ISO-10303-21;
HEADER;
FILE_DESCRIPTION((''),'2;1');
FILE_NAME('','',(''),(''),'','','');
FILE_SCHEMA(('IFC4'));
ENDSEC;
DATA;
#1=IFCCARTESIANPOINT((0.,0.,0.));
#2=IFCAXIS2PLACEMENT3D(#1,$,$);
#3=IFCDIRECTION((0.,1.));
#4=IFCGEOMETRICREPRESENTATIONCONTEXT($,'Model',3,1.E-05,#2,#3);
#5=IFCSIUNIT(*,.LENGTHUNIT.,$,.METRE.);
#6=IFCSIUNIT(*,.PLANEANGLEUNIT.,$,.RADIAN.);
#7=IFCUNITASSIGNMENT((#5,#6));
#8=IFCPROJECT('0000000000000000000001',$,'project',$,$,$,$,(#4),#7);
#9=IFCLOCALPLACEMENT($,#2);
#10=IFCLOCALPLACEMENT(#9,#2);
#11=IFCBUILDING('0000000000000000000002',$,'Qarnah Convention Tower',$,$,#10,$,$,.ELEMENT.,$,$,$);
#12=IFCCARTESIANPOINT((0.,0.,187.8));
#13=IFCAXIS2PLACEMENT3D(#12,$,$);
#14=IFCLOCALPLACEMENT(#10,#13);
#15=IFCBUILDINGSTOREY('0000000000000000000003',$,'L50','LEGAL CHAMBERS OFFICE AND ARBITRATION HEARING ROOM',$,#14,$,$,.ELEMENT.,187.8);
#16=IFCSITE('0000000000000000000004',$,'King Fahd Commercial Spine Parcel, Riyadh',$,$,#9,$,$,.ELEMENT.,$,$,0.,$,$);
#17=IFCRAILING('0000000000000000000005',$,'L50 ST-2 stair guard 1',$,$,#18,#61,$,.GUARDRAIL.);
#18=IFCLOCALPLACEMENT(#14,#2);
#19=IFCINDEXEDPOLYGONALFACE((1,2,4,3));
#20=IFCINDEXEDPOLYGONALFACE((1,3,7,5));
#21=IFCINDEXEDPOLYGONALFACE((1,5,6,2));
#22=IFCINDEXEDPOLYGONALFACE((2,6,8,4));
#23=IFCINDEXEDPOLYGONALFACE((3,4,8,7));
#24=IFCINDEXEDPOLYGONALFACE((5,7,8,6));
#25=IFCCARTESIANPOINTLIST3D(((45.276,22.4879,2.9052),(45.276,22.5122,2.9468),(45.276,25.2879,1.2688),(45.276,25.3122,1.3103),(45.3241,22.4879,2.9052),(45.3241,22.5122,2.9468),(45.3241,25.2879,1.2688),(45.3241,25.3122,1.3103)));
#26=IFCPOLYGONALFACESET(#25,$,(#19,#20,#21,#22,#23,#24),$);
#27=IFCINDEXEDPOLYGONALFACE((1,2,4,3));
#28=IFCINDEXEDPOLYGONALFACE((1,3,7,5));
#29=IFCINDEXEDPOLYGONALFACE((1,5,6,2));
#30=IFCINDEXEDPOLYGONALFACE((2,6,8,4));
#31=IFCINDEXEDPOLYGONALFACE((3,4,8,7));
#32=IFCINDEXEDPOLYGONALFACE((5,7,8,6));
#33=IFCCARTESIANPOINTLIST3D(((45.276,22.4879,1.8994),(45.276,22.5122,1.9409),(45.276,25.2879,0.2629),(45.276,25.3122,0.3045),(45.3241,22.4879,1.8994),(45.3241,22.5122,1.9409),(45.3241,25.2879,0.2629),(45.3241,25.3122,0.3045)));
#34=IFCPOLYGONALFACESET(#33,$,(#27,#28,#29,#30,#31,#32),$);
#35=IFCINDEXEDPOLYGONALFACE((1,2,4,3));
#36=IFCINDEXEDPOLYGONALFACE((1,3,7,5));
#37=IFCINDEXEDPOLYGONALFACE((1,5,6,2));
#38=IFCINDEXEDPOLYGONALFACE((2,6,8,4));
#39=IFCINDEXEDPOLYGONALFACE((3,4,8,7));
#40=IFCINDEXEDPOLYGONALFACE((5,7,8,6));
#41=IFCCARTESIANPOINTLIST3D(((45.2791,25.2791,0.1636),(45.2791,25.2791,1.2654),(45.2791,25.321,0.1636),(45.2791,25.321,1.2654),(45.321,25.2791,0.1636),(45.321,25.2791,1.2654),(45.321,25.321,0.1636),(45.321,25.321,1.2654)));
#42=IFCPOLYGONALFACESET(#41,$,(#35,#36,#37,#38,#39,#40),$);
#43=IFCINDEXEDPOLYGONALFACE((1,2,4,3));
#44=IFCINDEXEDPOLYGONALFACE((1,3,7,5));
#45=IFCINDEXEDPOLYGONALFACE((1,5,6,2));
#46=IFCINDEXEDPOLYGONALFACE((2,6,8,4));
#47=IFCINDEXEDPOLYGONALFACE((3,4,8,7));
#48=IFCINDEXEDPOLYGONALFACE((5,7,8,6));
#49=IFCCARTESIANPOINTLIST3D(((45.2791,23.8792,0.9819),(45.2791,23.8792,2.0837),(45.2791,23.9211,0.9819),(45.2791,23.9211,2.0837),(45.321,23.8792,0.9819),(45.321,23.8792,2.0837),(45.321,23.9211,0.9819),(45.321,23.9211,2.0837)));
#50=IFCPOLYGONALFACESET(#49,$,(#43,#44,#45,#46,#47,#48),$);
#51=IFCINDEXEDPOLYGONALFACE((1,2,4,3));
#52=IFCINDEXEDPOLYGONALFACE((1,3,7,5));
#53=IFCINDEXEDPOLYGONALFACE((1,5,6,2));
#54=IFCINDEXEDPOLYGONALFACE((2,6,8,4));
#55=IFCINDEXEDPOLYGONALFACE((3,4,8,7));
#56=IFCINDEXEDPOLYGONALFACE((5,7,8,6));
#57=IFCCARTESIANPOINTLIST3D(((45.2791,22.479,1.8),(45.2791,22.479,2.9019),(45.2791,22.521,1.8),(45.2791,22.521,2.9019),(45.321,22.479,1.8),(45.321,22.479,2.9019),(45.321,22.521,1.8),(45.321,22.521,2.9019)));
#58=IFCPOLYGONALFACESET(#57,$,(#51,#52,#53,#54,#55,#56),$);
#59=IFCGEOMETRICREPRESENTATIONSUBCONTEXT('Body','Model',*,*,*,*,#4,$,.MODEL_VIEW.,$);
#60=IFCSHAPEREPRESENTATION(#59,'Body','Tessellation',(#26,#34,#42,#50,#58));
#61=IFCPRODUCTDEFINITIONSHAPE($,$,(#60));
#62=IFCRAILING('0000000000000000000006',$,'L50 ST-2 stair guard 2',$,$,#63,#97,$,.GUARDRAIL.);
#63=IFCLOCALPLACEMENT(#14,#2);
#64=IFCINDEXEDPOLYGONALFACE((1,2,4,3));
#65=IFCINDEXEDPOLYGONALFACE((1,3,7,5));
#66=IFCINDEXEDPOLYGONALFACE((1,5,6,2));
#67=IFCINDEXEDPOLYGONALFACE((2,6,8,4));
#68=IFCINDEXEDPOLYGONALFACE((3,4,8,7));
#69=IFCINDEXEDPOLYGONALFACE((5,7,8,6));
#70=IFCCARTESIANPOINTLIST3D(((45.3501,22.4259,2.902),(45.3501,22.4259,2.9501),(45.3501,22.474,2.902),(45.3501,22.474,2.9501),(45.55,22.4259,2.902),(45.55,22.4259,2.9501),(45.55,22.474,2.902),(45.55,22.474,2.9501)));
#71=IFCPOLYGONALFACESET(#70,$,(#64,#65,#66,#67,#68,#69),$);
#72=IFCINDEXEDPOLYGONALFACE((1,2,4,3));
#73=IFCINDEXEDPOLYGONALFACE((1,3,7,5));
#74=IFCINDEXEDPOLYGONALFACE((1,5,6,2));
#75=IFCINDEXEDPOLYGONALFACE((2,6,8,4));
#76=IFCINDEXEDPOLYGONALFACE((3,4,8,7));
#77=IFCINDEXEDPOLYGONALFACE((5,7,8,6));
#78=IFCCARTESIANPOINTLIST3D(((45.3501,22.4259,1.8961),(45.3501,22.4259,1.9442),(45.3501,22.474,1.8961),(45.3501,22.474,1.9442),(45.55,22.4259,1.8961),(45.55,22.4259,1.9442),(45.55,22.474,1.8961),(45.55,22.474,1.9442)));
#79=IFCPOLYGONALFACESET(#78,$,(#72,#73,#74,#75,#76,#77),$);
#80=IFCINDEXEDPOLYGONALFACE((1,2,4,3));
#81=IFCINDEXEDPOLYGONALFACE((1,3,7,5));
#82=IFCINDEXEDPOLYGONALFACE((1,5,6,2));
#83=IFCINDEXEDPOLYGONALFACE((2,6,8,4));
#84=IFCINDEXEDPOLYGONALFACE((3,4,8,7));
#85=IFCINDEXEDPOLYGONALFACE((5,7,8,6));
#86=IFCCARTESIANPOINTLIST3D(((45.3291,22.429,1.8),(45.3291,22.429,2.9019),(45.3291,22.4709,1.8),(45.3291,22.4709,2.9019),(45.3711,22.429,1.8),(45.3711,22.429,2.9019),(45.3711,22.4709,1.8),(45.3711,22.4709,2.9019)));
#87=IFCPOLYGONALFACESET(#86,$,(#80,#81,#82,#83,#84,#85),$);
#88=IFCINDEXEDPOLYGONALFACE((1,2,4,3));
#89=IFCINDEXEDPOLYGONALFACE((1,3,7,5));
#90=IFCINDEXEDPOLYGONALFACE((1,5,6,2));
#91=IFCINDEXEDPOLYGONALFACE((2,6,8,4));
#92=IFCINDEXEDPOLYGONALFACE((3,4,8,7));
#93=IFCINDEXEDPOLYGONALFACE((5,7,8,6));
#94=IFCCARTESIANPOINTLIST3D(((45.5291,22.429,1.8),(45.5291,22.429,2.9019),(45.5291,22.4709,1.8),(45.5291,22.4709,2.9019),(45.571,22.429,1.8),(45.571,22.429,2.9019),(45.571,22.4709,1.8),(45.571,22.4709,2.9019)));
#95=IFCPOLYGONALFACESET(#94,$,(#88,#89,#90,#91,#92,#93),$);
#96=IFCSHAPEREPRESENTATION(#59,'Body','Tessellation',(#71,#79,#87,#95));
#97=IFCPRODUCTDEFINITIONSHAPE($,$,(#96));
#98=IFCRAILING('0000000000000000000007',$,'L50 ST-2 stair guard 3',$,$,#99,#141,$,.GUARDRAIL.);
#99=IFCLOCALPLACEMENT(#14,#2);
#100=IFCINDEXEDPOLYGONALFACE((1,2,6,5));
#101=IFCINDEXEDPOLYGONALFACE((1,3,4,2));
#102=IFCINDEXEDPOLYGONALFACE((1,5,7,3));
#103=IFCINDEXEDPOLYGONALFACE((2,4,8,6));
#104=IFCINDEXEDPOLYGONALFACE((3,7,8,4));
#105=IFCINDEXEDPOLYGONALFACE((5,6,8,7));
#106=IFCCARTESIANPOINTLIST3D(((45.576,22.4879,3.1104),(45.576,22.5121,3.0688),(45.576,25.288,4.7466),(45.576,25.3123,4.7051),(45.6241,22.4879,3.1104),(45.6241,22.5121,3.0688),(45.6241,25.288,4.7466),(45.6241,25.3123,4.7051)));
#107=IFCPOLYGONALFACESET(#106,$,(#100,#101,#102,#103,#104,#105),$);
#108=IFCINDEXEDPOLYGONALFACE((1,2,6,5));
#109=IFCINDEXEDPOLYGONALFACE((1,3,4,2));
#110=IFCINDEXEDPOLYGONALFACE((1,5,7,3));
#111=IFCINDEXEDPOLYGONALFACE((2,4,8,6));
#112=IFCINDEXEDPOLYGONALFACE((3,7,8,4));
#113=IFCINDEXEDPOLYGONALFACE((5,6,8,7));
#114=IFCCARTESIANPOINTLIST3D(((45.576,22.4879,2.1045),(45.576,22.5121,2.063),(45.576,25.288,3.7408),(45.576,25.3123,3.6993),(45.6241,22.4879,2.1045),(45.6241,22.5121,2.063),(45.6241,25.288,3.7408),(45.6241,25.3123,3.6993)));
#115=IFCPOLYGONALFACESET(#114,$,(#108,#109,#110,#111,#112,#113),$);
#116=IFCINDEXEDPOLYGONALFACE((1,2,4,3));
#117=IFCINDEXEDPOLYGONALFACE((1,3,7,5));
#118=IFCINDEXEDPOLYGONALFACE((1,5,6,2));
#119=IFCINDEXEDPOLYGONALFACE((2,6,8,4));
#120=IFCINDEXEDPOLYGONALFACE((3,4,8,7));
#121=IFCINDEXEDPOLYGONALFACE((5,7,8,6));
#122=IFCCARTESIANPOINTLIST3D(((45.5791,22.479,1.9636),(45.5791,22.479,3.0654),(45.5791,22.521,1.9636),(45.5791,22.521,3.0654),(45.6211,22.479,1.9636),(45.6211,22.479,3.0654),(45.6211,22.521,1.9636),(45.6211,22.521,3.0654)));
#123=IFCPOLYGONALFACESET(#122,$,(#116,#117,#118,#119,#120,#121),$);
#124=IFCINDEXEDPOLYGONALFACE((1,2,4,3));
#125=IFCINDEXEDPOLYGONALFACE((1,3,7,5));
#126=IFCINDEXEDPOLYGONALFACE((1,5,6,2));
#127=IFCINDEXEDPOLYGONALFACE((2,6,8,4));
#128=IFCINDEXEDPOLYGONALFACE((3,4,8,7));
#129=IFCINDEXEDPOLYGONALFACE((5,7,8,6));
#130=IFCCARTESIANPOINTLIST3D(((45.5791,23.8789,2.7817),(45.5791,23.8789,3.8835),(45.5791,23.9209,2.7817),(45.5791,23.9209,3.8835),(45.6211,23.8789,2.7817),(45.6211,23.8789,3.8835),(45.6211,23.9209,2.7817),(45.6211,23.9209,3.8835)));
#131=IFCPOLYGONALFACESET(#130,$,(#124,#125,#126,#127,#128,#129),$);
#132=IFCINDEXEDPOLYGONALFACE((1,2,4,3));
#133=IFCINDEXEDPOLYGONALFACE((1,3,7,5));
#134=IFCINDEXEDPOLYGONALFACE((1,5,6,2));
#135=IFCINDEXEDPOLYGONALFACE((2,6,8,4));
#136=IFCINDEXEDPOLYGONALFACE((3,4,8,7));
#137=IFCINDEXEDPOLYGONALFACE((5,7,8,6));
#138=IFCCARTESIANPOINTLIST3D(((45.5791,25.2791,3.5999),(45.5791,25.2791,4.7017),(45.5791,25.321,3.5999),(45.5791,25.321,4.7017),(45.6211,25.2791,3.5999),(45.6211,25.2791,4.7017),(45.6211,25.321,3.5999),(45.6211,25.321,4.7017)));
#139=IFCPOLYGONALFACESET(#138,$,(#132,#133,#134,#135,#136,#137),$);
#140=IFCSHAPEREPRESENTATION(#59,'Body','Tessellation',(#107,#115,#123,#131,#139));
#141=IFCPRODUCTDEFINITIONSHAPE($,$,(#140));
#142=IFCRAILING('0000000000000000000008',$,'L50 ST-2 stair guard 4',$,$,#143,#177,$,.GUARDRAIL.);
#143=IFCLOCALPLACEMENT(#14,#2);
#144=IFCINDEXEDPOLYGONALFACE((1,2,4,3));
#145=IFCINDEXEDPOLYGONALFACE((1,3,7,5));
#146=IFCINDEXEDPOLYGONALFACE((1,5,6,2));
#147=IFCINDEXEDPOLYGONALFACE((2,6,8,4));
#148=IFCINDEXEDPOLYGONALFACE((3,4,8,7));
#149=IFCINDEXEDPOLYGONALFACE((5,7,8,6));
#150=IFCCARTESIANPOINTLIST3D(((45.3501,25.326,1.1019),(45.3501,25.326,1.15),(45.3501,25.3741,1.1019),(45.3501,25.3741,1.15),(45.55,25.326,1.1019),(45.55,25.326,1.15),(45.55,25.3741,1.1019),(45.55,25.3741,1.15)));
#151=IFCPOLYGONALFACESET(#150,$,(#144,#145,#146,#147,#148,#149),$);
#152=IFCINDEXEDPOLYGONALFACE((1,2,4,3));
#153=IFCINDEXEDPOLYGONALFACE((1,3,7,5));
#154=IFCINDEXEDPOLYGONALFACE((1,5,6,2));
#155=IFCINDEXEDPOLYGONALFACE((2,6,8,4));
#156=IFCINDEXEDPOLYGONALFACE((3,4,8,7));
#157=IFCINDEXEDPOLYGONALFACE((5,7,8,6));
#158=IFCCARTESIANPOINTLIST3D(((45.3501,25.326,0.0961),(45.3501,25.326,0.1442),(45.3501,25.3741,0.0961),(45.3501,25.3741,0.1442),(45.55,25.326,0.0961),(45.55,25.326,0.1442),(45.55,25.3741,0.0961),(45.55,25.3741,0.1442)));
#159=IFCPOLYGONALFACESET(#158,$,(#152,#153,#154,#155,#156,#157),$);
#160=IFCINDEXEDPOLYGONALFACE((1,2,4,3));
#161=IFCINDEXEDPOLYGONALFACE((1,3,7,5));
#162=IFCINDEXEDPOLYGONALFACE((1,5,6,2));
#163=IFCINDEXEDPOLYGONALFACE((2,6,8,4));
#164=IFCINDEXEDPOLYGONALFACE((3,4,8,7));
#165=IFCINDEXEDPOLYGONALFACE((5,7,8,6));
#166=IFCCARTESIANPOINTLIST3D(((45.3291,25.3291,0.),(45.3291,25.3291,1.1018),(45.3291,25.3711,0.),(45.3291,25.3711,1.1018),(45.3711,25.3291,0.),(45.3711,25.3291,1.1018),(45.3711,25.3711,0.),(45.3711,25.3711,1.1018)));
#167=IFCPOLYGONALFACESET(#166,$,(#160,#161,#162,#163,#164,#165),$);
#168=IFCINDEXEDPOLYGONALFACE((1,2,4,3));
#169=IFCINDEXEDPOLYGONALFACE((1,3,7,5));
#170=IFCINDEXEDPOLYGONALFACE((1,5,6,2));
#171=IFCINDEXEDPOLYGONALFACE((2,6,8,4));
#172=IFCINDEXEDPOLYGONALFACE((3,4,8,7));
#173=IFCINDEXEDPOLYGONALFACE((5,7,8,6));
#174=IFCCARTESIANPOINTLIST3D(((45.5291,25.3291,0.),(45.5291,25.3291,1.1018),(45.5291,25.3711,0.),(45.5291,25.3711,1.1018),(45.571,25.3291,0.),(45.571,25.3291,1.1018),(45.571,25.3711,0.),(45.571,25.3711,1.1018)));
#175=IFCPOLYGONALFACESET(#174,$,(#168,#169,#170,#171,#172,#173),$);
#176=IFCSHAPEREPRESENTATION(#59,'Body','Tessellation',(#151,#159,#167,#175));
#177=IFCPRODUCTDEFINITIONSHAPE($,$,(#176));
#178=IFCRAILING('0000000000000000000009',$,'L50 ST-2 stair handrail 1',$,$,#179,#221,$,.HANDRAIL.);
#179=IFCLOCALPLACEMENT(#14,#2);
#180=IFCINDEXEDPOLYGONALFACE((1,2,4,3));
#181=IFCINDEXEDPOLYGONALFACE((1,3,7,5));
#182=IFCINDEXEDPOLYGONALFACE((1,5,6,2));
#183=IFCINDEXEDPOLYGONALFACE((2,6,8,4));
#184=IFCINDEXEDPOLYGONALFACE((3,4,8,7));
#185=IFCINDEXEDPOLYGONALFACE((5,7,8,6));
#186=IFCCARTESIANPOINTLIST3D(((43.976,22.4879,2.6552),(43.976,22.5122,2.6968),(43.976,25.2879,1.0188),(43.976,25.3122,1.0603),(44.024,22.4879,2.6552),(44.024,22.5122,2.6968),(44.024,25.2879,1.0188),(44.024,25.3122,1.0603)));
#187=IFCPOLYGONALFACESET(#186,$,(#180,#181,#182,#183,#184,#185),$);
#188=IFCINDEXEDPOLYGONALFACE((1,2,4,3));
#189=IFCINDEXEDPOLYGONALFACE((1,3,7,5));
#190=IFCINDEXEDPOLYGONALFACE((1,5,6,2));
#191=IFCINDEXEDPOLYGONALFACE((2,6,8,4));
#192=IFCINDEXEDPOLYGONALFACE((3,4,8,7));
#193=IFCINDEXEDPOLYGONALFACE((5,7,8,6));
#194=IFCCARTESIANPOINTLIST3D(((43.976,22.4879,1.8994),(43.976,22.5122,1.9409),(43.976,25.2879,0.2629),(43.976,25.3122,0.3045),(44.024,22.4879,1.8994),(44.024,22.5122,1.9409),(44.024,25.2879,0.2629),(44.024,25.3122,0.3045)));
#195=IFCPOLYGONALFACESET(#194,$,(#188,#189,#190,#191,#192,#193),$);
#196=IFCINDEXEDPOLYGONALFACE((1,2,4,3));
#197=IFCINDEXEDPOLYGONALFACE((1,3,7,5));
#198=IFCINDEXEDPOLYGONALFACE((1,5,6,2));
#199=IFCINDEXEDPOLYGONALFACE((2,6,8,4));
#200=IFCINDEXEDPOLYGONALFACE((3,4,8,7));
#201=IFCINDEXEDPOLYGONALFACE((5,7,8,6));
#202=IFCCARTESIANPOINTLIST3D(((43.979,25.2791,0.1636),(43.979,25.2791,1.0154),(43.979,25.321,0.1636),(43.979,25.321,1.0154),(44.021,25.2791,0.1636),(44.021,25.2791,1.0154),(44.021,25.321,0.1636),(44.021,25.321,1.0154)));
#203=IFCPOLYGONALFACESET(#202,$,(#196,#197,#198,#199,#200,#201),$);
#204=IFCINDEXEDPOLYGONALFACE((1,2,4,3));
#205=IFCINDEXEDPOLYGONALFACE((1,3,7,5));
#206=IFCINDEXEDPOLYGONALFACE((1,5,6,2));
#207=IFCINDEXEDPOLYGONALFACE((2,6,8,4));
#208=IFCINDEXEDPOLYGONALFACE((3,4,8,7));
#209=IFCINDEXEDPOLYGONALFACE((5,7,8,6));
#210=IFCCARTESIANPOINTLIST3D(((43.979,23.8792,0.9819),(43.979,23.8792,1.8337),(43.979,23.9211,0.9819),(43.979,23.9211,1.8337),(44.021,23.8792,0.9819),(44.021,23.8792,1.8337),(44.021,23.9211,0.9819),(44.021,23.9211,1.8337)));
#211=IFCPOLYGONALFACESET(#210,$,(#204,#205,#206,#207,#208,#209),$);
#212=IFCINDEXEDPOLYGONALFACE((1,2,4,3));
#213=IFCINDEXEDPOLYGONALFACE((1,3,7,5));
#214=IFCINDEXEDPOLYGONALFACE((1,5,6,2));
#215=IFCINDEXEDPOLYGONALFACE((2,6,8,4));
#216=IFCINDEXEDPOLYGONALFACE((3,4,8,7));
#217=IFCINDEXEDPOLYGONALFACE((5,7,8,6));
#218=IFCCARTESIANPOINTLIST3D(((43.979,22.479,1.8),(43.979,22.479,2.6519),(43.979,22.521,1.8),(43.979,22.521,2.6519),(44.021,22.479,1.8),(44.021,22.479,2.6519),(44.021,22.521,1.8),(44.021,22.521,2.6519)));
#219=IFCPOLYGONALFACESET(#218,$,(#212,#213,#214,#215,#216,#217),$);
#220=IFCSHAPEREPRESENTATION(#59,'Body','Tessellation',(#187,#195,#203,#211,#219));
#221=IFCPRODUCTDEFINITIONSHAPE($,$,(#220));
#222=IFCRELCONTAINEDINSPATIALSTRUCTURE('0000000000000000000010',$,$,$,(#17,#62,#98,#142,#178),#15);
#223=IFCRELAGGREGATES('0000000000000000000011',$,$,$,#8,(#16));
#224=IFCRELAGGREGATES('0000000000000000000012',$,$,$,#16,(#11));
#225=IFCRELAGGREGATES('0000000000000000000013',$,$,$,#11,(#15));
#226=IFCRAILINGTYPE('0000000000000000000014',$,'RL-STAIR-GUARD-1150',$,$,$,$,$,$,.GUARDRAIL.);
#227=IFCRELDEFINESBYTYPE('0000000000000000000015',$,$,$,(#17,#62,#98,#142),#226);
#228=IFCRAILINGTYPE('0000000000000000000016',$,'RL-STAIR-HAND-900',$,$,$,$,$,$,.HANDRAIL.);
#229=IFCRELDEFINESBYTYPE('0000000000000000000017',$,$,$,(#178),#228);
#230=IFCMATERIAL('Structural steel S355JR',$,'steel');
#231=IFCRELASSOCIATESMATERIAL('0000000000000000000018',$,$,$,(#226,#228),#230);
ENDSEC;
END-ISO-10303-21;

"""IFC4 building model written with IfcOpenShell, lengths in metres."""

from ifc_helpers import new_model, si_unit, direction, frame, origin, origin_2d, place, context, subcontext, project, spatial, rectangle, extrude, material, type_object, element, save


model = new_model("IFC4")

# Units and contexts
model_context = context("Model", 3, precision=1e-05, world=origin(), true_north=direction((0.0, 1.0)))
body_context = subcontext(model_context, "Body", "Model", "MODEL_VIEW")
ifc_project = project(units=[si_unit("LENGTHUNIT", "METRE"), si_unit("PLANEANGLEUNIT", "RADIAN")], contexts=[model_context])

# Site, building, storey
site_placement = place(None, origin())
site = spatial("IfcSite", under=ifc_project, at=site_placement, Name="King Fahd Commercial Spine Parcel, Riyadh", CompositionType="ELEMENT", RefElevation=0.0)
building_placement = place(site_placement, origin())
building = spatial("IfcBuilding", under=site, at=building_placement, Name="Qarnah Convention Tower", CompositionType="ELEMENT")
storey_placement = place(building_placement, frame((0.0, 0.0, 187.8)))
storey = spatial("IfcBuildingStorey", under=building, at=storey_placement, Name="L50", Description="LEGAL CHAMBERS OFFICE AND ARBITRATION HEARING ROOM", CompositionType="ELEMENT", Elevation=187.8)

# Shared definitions
ifc_material_1 = material(Name="Structural steel S355JR", Category="steel")

# Railings
railing_type_1 = type_object("IfcRailingType", Name="RL-STAIR-GUARD-1150", PredefinedType="GUARDRAIL", material=ifc_material_1)
railing_1_placement = place(storey_placement, frame((45.3, 25.3, 0.1636)))
element("IfcRailing", 1, at=railing_1_placement, inside=storey, type_object=railing_type_1, Name="L50 ST-2 stair guard 1", PredefinedType="GUARDRAIL", context=body_context, shape_type="SweptSolid", body=[
    extrude(rectangle(XDim=0.0481, YDim=0.0481, at=origin_2d()), frame((0.0, 0.0, 1.126), z_axis=(0.0, -0.863361, 0.504587), x_axis=(1.0, 0.0, 0.0)), (0.0, 0.0, 1.0), 3.2432),
    extrude(rectangle(XDim=0.0481, YDim=0.0481, at=origin_2d()), frame((0.0, 0.0, 0.1201), z_axis=(0.0, -0.863361, 0.504587), x_axis=(1.0, 0.0, 0.0)), (0.0, 0.0, 1.0), 3.2432),
    extrude(rectangle(XDim=0.042, YDim=0.042, at=origin_2d()), origin(), (0.0, 0.0, 1.0), 1.1018),
    extrude(rectangle(XDim=0.042, YDim=0.042, at=origin_2d()), frame((0.0, -1.3999, 0.8184)), (0.0, 0.0, 1.0), 1.1018),
    extrude(rectangle(XDim=0.042, YDim=0.042, at=origin_2d()), frame((0.0, -2.8, 1.6365)), (0.0, 0.0, 1.0), 1.1018),
])
railing_2_placement = place(storey_placement, frame((45.3501, 22.45, 1.8)))
element("IfcRailing", 2, at=railing_2_placement, inside=storey, type_object=railing_type_1, Name="L50 ST-2 stair guard 2", PredefinedType="GUARDRAIL", context=body_context, shape_type="SweptSolid", body=[
    extrude(rectangle(XDim=0.0481, YDim=0.0481, at=origin_2d()), frame((0.0, 0.0, 1.126), z_axis=(1.0, 0.0, 0.0), x_axis=(0.0, 1.0, 0.0)), (0.0, 0.0, 1.0), 0.2),
    extrude(rectangle(XDim=0.0481, YDim=0.0481, at=origin_2d()), frame((0.0, 0.0, 0.1201), z_axis=(1.0, 0.0, 0.0), x_axis=(0.0, 1.0, 0.0)), (0.0, 0.0, 1.0), 0.2),
    extrude(rectangle(XDim=0.042, YDim=0.042, at=origin_2d()), origin(), (0.0, 0.0, 1.0), 1.1018),
    extrude(rectangle(XDim=0.042, YDim=0.042, at=origin_2d()), frame((0.2, 0.0, 0.0)), (0.0, 0.0, 1.0), 1.1018),
])
railing_3_placement = place(storey_placement, frame((45.6001, 22.5, 1.9636)))
element("IfcRailing", 3, at=railing_3_placement, inside=storey, type_object=railing_type_1, Name="L50 ST-2 stair guard 3", PredefinedType="GUARDRAIL", context=body_context, shape_type="SweptSolid", body=[
    extrude(rectangle(XDim=0.0481, YDim=0.0481, at=origin_2d()), frame((0.0, 0.0, 1.126), z_axis=(0.0, 0.863394, 0.504531), x_axis=(-1.0, 0.0, 0.0)), (0.0, 0.0, 1.0), 3.2432),
    extrude(rectangle(XDim=0.0481, YDim=0.0481, at=origin_2d()), frame((0.0, 0.0, 0.1201), z_axis=(0.0, 0.863394, 0.504531), x_axis=(-1.0, 0.0, 0.0)), (0.0, 0.0, 1.0), 3.2432),
    extrude(rectangle(XDim=0.042, YDim=0.042, at=origin_2d()), origin(), (0.0, 0.0, 1.0), 1.1018),
    extrude(rectangle(XDim=0.042, YDim=0.042, at=origin_2d()), frame((0.0, 1.3999, 0.8181)), (0.0, 0.0, 1.0), 1.1018),
    extrude(rectangle(XDim=0.042, YDim=0.042, at=origin_2d()), frame((0.0, 2.8, 1.6362)), (0.0, 0.0, 1.0), 1.1018),
])
railing_4_placement = place(storey_placement, frame((45.3501, 25.3501, 0.0)))
element("IfcRailing", 4, at=railing_4_placement, inside=storey, type_object=railing_type_1, Name="L50 ST-2 stair guard 4", PredefinedType="GUARDRAIL", context=body_context, shape_type="SweptSolid", body=[
    extrude(rectangle(XDim=0.0481, YDim=0.0481, at=origin_2d()), frame((0.0, 0.0, 1.126), z_axis=(1.0, 0.0, 0.0), x_axis=(0.0, 1.0, 0.0)), (0.0, 0.0, 1.0), 0.2),
    extrude(rectangle(XDim=0.0481, YDim=0.0481, at=origin_2d()), frame((0.0, 0.0, 0.1201), z_axis=(1.0, 0.0, 0.0), x_axis=(0.0, 1.0, 0.0)), (0.0, 0.0, 1.0), 0.2),
    extrude(rectangle(XDim=0.042, YDim=0.042, at=origin_2d()), origin(), (0.0, 0.0, 1.0), 1.1018),
    extrude(rectangle(XDim=0.042, YDim=0.042, at=origin_2d()), frame((0.2, 0.0, 0.0)), (0.0, 0.0, 1.0), 1.1018),
])
railing_type_2 = type_object("IfcRailingType", Name="RL-STAIR-HAND-900", PredefinedType="HANDRAIL", material=ifc_material_1)
railing_5_placement = place(storey_placement, frame((44.0, 25.3, 0.1636)))
element("IfcRailing", 5, at=railing_5_placement, inside=storey, type_object=railing_type_2, Name="L50 ST-2 stair handrail 1", PredefinedType="HANDRAIL", context=body_context, shape_type="SweptSolid", body=[
    extrude(rectangle(XDim=0.0481, YDim=0.0481, at=origin_2d()), frame((0.0, 0.0, 0.876), z_axis=(0.0, -0.863361, 0.504587), x_axis=(1.0, 0.0, 0.0)), (0.0, 0.0, 1.0), 3.2432),
    extrude(rectangle(XDim=0.0481, YDim=0.0481, at=origin_2d()), frame((0.0, 0.0, 0.1201), z_axis=(0.0, -0.863361, 0.504587), x_axis=(1.0, 0.0, 0.0)), (0.0, 0.0, 1.0), 3.2432),
    extrude(rectangle(XDim=0.042, YDim=0.042, at=origin_2d()), origin(), (0.0, 0.0, 1.0), 0.8518),
    extrude(rectangle(XDim=0.042, YDim=0.042, at=origin_2d()), frame((0.0, -1.3999, 0.8184)), (0.0, 0.0, 1.0), 0.8518),
    extrude(rectangle(XDim=0.042, YDim=0.042, at=origin_2d()), frame((0.0, -2.8, 1.6365)), (0.0, 0.0, 1.0), 0.8518),
])

save(model, "model.ifc")
